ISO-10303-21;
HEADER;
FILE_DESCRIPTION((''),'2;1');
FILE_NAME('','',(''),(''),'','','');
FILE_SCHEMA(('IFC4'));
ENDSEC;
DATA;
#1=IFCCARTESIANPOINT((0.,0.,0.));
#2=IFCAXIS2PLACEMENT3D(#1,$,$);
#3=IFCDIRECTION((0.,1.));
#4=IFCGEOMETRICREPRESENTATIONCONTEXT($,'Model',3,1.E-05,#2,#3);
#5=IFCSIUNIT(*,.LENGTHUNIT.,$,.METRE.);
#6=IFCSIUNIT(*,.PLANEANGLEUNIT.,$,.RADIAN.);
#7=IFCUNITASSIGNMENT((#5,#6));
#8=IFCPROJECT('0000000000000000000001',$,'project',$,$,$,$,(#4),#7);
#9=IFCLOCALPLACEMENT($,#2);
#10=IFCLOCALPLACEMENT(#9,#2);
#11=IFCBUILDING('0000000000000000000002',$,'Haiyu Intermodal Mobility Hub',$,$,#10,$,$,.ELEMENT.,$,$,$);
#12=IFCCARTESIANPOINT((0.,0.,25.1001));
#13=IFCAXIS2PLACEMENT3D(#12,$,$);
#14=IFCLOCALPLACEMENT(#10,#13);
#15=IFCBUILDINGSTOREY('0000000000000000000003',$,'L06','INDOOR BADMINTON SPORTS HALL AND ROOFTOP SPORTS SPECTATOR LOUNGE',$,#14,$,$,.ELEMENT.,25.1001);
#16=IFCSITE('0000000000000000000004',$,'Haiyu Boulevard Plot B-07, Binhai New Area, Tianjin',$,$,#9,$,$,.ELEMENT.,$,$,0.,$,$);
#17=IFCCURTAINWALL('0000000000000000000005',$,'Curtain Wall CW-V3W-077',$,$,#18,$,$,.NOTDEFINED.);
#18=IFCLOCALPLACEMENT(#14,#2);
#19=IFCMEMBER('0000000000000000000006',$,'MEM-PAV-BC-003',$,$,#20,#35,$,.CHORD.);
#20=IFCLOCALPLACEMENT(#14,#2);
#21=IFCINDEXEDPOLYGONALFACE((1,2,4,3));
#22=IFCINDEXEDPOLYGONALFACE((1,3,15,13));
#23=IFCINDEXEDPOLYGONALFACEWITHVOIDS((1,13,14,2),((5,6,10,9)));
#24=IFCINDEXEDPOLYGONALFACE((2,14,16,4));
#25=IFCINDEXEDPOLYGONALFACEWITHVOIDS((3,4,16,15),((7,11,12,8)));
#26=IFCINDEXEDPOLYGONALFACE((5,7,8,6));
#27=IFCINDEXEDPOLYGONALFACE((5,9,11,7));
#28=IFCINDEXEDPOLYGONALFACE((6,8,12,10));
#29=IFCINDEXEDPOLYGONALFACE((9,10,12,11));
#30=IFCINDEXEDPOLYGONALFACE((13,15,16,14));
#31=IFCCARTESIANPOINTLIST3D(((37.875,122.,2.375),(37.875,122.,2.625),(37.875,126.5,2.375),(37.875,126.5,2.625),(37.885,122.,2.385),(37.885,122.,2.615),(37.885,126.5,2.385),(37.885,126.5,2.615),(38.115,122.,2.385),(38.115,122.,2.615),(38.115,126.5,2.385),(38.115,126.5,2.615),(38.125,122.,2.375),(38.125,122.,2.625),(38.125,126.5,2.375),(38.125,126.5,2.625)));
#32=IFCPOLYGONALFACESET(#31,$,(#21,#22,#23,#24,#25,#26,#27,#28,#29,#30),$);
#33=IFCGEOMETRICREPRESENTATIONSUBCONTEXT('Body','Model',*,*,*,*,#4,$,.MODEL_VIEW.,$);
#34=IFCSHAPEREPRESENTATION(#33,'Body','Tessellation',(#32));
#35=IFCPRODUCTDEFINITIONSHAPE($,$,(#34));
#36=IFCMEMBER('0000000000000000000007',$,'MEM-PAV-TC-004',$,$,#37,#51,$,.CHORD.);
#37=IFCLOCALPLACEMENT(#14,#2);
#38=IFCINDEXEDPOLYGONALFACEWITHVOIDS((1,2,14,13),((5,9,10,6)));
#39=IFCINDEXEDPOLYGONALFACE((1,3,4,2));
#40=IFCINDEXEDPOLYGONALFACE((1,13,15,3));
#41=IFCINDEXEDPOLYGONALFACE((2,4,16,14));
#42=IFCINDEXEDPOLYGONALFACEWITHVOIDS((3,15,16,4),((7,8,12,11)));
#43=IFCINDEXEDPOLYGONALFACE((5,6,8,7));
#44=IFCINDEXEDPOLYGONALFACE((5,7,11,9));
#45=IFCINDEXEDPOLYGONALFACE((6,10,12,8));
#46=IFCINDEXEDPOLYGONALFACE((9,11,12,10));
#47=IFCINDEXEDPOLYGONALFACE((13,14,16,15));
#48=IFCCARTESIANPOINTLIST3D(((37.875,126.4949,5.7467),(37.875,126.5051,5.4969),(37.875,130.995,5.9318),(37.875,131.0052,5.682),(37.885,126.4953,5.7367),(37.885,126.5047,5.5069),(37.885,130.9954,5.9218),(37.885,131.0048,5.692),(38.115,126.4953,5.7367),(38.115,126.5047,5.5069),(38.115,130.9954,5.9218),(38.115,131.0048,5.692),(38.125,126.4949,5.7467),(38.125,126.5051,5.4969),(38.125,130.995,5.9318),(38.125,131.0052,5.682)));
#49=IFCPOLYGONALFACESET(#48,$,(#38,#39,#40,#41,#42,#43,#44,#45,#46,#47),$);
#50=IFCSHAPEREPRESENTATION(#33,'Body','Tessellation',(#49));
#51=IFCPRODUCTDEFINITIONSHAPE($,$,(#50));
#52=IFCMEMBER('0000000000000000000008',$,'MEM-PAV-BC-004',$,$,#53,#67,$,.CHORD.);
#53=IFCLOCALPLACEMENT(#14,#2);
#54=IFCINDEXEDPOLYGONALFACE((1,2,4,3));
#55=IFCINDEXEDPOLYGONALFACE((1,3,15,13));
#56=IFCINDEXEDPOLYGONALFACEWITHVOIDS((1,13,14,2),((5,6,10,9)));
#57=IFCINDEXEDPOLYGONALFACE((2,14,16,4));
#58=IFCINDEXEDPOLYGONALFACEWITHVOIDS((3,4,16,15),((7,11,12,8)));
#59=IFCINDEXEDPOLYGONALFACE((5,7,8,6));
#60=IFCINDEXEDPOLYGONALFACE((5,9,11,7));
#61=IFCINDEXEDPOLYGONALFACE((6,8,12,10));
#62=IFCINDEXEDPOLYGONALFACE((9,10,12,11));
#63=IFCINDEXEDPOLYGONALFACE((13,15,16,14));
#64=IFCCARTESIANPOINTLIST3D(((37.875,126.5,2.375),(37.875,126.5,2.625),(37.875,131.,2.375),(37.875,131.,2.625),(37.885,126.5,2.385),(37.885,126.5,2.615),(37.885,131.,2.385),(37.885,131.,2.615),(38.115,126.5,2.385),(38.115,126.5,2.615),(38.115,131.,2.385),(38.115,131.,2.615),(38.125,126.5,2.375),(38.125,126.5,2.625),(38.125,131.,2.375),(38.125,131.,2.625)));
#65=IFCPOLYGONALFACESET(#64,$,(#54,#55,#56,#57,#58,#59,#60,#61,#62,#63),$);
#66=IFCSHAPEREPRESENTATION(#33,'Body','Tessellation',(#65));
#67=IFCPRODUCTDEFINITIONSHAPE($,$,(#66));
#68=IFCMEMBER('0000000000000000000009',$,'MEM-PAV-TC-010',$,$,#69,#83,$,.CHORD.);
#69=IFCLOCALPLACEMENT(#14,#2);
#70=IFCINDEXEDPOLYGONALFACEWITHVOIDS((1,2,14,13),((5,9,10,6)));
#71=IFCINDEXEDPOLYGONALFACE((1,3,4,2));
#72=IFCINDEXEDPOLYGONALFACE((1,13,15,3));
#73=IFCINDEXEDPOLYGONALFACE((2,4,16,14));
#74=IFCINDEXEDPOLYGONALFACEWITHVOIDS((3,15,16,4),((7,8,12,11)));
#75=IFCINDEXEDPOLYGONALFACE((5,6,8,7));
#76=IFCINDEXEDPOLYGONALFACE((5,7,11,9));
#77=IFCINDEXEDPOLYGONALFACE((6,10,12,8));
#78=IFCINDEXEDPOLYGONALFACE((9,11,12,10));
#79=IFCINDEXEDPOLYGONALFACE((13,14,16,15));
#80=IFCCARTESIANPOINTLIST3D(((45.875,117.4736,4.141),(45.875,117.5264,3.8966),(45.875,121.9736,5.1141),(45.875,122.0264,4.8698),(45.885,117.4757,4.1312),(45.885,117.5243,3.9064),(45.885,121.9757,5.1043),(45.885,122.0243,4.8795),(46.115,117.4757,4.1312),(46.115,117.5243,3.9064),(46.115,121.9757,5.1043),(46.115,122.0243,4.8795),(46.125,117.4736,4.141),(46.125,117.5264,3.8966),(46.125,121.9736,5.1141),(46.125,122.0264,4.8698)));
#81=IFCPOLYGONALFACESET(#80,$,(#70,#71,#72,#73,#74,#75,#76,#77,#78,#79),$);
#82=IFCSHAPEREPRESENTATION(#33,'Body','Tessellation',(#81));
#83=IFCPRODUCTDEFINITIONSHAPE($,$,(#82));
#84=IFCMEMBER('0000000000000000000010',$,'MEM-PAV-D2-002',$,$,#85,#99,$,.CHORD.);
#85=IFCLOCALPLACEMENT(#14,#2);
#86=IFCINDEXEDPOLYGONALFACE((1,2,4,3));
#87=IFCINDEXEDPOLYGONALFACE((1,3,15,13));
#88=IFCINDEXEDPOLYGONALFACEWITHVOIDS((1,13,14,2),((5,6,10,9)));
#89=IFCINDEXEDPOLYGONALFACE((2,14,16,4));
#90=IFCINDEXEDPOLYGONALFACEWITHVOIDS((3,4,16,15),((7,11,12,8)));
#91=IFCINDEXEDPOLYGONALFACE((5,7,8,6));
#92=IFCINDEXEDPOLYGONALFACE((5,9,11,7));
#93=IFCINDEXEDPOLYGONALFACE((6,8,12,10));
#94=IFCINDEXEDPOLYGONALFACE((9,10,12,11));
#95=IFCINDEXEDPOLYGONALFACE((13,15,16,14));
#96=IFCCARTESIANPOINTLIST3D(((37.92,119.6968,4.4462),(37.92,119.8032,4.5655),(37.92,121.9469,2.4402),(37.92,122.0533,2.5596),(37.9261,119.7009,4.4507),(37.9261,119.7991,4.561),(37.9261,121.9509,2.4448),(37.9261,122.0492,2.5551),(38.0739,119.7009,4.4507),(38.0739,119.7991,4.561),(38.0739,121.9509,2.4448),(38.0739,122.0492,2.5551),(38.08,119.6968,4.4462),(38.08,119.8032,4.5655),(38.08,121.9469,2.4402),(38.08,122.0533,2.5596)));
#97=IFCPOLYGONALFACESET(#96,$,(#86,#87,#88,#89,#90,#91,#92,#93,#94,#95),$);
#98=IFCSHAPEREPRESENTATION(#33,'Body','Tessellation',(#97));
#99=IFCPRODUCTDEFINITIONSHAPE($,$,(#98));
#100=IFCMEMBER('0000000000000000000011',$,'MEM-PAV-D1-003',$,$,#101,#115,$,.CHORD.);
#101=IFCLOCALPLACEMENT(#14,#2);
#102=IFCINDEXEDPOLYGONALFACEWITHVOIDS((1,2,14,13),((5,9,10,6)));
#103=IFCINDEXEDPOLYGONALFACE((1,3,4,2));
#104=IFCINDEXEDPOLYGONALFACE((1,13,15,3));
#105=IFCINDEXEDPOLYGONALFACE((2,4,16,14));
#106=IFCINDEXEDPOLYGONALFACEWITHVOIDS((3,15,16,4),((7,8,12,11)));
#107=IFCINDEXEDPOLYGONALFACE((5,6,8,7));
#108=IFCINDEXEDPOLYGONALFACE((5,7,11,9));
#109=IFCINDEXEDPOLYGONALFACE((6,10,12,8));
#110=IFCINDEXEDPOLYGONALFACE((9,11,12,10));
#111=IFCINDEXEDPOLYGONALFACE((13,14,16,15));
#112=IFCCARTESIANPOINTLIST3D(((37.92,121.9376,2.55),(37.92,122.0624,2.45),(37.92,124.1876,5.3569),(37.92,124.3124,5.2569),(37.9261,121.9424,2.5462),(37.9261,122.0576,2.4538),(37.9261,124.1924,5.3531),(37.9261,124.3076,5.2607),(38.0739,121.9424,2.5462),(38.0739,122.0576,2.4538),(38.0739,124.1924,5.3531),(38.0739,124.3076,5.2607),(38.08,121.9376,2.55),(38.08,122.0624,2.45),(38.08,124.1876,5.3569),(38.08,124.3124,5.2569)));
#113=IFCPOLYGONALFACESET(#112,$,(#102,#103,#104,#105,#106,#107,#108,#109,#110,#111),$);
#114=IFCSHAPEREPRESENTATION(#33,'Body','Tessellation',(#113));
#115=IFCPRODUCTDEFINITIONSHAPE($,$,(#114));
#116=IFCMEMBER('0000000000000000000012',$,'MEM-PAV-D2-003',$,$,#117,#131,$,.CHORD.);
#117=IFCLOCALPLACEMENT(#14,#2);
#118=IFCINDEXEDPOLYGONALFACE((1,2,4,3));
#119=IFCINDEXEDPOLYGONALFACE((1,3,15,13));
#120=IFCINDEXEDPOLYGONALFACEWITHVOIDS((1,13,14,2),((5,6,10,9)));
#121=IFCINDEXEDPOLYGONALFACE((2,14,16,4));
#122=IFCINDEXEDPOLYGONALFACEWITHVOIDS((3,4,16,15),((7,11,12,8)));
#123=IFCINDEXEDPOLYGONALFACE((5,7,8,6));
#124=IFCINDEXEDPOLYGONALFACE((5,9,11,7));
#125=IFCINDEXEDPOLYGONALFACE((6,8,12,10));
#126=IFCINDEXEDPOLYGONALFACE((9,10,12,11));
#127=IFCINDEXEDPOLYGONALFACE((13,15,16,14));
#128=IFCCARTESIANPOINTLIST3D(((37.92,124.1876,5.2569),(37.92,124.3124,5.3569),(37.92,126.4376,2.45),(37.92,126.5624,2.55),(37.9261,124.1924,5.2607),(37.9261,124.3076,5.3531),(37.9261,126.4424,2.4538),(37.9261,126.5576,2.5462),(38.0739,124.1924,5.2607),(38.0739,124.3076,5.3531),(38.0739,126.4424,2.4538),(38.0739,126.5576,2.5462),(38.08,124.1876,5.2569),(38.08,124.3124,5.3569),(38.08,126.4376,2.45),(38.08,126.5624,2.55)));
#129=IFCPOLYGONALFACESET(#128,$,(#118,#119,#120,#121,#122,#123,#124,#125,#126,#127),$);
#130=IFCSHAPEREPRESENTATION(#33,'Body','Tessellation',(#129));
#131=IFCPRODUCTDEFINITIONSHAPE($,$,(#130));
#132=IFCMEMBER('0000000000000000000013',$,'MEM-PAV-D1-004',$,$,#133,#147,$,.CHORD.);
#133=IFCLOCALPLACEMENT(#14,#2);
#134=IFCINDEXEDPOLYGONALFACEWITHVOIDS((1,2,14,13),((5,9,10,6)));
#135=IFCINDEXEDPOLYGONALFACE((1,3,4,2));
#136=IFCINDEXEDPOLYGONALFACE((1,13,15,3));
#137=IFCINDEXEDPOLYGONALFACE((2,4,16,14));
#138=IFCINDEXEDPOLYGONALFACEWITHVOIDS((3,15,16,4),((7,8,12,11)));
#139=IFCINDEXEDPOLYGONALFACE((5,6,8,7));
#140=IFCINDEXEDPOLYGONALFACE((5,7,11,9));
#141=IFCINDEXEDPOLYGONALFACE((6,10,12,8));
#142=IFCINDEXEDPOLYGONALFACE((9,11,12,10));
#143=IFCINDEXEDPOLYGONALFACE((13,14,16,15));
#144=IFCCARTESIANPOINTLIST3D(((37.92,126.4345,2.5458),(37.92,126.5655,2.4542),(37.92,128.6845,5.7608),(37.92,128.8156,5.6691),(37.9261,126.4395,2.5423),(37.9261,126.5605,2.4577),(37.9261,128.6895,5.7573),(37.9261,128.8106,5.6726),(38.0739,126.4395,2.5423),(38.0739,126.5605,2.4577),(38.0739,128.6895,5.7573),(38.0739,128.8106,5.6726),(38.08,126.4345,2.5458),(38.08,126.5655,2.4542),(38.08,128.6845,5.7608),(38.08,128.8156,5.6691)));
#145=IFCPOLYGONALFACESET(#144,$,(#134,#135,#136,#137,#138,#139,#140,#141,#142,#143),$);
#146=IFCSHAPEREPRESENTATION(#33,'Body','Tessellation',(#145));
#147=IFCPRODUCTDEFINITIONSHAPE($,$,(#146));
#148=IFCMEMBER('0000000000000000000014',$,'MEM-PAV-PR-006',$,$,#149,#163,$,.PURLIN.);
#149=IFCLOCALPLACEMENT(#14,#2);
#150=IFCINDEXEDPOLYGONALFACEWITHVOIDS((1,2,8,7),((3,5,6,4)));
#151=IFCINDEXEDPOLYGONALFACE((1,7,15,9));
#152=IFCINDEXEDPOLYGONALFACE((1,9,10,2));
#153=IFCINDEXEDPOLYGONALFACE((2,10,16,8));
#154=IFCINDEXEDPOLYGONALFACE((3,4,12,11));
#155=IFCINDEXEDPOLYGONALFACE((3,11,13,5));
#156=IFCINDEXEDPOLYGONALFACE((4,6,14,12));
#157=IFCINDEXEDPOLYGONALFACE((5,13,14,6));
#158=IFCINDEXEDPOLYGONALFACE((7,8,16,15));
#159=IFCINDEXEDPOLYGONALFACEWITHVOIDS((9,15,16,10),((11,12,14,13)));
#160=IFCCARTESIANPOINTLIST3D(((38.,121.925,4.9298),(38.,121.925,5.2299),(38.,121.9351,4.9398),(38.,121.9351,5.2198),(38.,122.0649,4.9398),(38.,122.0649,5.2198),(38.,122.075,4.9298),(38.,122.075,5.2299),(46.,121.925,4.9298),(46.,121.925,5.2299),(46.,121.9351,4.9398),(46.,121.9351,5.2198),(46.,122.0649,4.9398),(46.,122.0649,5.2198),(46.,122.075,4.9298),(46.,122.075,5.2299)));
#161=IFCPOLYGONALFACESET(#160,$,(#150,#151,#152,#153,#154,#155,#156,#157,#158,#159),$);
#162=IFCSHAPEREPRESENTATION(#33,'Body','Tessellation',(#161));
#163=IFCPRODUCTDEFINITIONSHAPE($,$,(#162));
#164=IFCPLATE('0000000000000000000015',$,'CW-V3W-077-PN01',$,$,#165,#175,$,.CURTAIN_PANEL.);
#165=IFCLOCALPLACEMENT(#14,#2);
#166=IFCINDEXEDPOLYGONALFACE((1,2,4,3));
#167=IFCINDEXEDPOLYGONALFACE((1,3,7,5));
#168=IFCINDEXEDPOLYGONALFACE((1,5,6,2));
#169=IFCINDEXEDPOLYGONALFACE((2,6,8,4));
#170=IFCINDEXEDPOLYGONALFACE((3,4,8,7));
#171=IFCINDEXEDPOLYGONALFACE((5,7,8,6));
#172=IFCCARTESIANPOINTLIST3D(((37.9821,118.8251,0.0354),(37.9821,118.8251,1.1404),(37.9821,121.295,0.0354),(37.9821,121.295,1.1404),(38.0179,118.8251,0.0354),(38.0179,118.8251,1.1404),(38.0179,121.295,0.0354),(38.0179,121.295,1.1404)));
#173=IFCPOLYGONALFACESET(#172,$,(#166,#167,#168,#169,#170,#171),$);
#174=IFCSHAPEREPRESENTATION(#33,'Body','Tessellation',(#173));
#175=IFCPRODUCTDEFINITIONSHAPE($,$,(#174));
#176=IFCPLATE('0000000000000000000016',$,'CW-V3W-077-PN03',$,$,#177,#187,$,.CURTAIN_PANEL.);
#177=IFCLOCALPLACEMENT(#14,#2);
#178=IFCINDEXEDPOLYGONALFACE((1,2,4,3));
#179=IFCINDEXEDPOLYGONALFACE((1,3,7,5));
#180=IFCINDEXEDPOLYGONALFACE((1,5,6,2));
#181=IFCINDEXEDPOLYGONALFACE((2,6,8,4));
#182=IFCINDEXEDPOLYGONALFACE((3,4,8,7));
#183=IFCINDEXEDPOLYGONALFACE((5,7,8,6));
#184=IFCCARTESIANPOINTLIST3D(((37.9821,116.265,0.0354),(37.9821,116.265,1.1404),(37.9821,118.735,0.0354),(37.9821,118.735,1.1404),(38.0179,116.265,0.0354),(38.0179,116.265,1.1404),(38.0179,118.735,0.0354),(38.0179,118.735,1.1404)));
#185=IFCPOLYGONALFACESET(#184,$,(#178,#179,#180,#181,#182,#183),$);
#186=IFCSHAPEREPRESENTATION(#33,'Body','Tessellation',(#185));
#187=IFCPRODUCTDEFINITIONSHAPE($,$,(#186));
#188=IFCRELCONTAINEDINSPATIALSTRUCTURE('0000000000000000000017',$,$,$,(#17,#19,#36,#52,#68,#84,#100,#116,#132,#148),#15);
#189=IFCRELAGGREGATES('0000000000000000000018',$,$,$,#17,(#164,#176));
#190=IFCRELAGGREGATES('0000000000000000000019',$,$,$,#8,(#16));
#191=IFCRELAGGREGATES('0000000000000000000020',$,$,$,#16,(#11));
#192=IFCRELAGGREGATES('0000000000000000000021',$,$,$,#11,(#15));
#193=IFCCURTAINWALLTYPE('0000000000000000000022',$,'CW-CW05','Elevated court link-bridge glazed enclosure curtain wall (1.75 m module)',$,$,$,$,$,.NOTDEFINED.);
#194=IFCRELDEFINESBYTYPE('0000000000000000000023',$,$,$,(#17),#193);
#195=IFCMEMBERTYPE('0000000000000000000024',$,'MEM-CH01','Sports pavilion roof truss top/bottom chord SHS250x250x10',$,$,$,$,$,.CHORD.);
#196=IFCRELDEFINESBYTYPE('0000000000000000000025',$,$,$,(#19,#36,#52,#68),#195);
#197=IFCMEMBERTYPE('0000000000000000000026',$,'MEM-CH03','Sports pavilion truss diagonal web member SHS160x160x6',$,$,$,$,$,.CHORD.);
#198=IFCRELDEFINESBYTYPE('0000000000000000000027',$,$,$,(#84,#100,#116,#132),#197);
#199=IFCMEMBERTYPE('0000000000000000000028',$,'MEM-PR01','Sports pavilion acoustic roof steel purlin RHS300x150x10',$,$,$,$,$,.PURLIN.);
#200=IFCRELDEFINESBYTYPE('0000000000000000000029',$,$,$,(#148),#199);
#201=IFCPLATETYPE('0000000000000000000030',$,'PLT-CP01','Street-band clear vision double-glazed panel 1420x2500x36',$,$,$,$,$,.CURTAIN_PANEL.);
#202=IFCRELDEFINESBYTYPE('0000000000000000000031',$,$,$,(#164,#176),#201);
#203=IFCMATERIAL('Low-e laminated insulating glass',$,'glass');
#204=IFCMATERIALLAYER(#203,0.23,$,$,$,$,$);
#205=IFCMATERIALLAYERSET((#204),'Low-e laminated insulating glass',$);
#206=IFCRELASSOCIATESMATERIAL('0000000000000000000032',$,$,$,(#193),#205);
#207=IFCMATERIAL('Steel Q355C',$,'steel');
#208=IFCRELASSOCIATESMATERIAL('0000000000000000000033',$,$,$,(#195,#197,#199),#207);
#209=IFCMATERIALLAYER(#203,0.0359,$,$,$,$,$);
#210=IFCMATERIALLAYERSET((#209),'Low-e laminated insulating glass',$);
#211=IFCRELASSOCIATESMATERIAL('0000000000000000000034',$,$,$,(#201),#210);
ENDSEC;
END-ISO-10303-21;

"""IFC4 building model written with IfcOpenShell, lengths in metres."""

from ifc_helpers import new_model, si_unit, direction, frame, origin, origin_2d, place, context, subcontext, project, spatial, rectangle, hollow_rectangle, extrude, material, layer, layer_set, material_profile, profile_set, type_object, element, aggregate, save


model = new_model("IFC4")

# Units and contexts
model_context = context("Model", 3, precision=1e-05, world=origin(), true_north=direction((0.0, 1.0)))
body_context = subcontext(model_context, "Body", "Model", "MODEL_VIEW")
ifc_project = project(units=[si_unit("LENGTHUNIT", "METRE"), si_unit("PLANEANGLEUNIT", "RADIAN")], contexts=[model_context])

# Site, building, storey
site_placement = place(None, origin())
site = spatial("IfcSite", under=ifc_project, at=site_placement, Name="Haiyu Boulevard Plot B-07, Binhai New Area, Tianjin", CompositionType="ELEMENT", RefElevation=0.0)
building_placement = place(site_placement, origin())
building = spatial("IfcBuilding", under=site, at=building_placement, Name="Haiyu Intermodal Mobility Hub", CompositionType="ELEMENT")
storey_placement = place(building_placement, frame((0.0, 0.0, 25.1001)))
storey = spatial("IfcBuildingStorey", under=building, at=storey_placement, Name="L06", Description="INDOOR BADMINTON SPORTS HALL AND ROOFTOP SPORTS SPECTATOR LOUNGE", CompositionType="ELEMENT", Elevation=25.1001)

# Shared definitions
ifc_material_1 = material(Name="Steel Q355C", Category="steel")

# Curtain wall
ifc_material_2 = material(Name="Low-e laminated insulating glass", Category="glass")
ifc_layer_1 = layer(ifc_material_2, 0.23)
ifc_layer_set_1 = layer_set([ifc_layer_1], Name="Low-e laminated insulating glass")
curtain_wall_type = type_object("IfcCurtainWallType", Name="CW-CW05", Description="Elevated court link-bridge glazed enclosure curtain wall (1.75 m module)", PredefinedType="NOTDEFINED", material=ifc_layer_set_1)
curtain_wall_1_placement = place(storey_placement, origin())
curtain_wall_1 = element("IfcCurtainWall", 1, at=curtain_wall_1_placement, inside=storey, type_object=curtain_wall_type, Name="Curtain Wall CW-V3W-077", PredefinedType="NOTDEFINED")

# Members
ifc_material_profile_1 = material_profile(ifc_material_1, hollow_rectangle(XDim=0.25, YDim=0.25, WallThickness=0.01, at=origin_2d()), Name="SHS250x250x10")
ifc_profile_set_1 = profile_set([ifc_material_profile_1], Name="Steel Q355C")
member_type_1 = type_object("IfcMemberType", Name="MEM-CH01", Description="Sports pavilion roof truss top/bottom chord SHS250x250x10", PredefinedType="CHORD", material=ifc_profile_set_1)
member_1_placement = place(storey_placement, frame((38.0, 122.0, 2.5), z_axis=(0.0, 1.0, 0.0), x_axis=(-1.0, 0.0, 0.0)))
element("IfcMember", 2, at=member_1_placement, inside=storey, type_object=member_type_1, Name="MEM-PAV-BC-003", PredefinedType="CHORD", context=body_context, shape_type="SweptSolid", body=[
    extrude(hollow_rectangle(XDim=0.25, YDim=0.25, WallThickness=0.01, at=origin_2d()), origin(), (0.0, 0.0, 1.0), 4.5),
])
member_2_placement = place(storey_placement, frame((38.0, 126.5, 5.6218), z_axis=(0.0, 0.999155, 0.041089), x_axis=(-1.0, 0.0, 0.0)))
element("IfcMember", 3, at=member_2_placement, inside=storey, type_object=member_type_1, Name="MEM-PAV-TC-004", PredefinedType="CHORD", context=body_context, shape_type="SweptSolid", body=[
    extrude(hollow_rectangle(XDim=0.25, YDim=0.25, WallThickness=0.01, at=origin_2d()), origin(), (0.0, 0.0, 1.0), 4.5039),
])
member_3_placement = place(storey_placement, frame((38.0, 126.5, 2.5), z_axis=(0.0, 1.0, 0.0), x_axis=(-1.0, 0.0, 0.0)))
element("IfcMember", 4, at=member_3_placement, inside=storey, type_object=member_type_1, Name="MEM-PAV-BC-004", PredefinedType="CHORD", context=body_context, shape_type="SweptSolid", body=[
    extrude(hollow_rectangle(XDim=0.25, YDim=0.25, WallThickness=0.01, at=origin_2d()), origin(), (0.0, 0.0, 1.0), 4.5),
])
member_4_placement = place(storey_placement, frame((46.0, 117.5, 4.0188), z_axis=(0.0, 0.977406, 0.211368), x_axis=(-1.0, 0.0, 0.0)))
element("IfcMember", 5, at=member_4_placement, inside=storey, type_object=member_type_1, Name="MEM-PAV-TC-010", PredefinedType="CHORD", context=body_context, shape_type="SweptSolid", body=[
    extrude(hollow_rectangle(XDim=0.25, YDim=0.25, WallThickness=0.01, at=origin_2d()), origin(), (0.0, 0.0, 1.0), 4.604),
])
ifc_material_profile_2 = material_profile(ifc_material_1, hollow_rectangle(XDim=0.1599, YDim=0.1599, WallThickness=0.0061, at=origin_2d()), Name="SHS160x160x6")
ifc_profile_set_2 = profile_set([ifc_material_profile_2], Name="Steel Q355C")
member_type_2 = type_object("IfcMemberType", Name="MEM-CH03", Description="Sports pavilion truss diagonal web member SHS160x160x6", PredefinedType="CHORD", material=ifc_profile_set_2)
member_5_placement = place(storey_placement, frame((38.0, 119.75, 4.5059), z_axis=(0.0, 0.746443, -0.665449), x_axis=(-1.0, 0.0, 0.0)))
element("IfcMember", 6, at=member_5_placement, inside=storey, type_object=member_type_2, Name="MEM-PAV-D2-002", PredefinedType="CHORD", context=body_context, shape_type="SweptSolid", body=[
    extrude(hollow_rectangle(XDim=0.1599, YDim=0.1599, WallThickness=0.0061, at=origin_2d()), origin(), (0.0, 0.0, 1.0), 3.0144),
])
for number, where, z_axis, x_axis, name in (
    (7, (38.0, 122.0, 2.5), (0.0, 0.625456, 0.780259), (-1.0, 0.0, 0.0), "MEM-PAV-D1-003"),
    (8, (38.0, 124.25, 5.3069), (0.0, 0.625456, -0.780259), (-1.0, 0.0, 0.0), "MEM-PAV-D2-003"),
):
    element("IfcMember", number, at=place(storey_placement, frame(where, z_axis=z_axis, x_axis=x_axis)), inside=storey, type_object=member_type_2, Name=name, PredefinedType="CHORD", context=body_context, shape_type="SweptSolid", body=[
        extrude(hollow_rectangle(XDim=0.1599, YDim=0.1599, WallThickness=0.0061, at=origin_2d()), origin(), (0.0, 0.0, 1.0), 3.5974),
    ])
member_6_placement = place(storey_placement, frame((38.0, 126.5, 2.5), z_axis=(0.0, 0.573396, 0.819279), x_axis=(-1.0, 0.0, 0.0)))
element("IfcMember", 9, at=member_6_placement, inside=storey, type_object=member_type_2, Name="MEM-PAV-D1-004", PredefinedType="CHORD", context=body_context, shape_type="SweptSolid", body=[
    extrude(hollow_rectangle(XDim=0.1599, YDim=0.1599, WallThickness=0.0061, at=origin_2d()), origin(), (0.0, 0.0, 1.0), 3.9241),
])
ifc_material_profile_3 = material_profile(ifc_material_1, hollow_rectangle(XDim=0.1499, YDim=0.3, WallThickness=0.01, at=origin_2d()), Name="RHS300x150x10")
ifc_profile_set_3 = profile_set([ifc_material_profile_3], Name="Steel Q355C")
member_type_3 = type_object("IfcMemberType", Name="MEM-PR01", Description="Sports pavilion acoustic roof steel purlin RHS300x150x10", PredefinedType="PURLIN", material=ifc_profile_set_3)
member_7_placement = place(storey_placement, frame((38.0, 122.0, 5.0798), z_axis=(1.0, 0.0, 0.0), x_axis=(0.0, 1.0, 0.0)))
element("IfcMember", 10, at=member_7_placement, inside=storey, type_object=member_type_3, Name="MEM-PAV-PR-006", PredefinedType="PURLIN", context=body_context, shape_type="SweptSolid", body=[
    extrude(hollow_rectangle(XDim=0.1499, YDim=0.3, WallThickness=0.01, at=origin_2d()), origin(), (0.0, 0.0, 1.0), 8.0),
])

# Plates
ifc_layer_2 = layer(ifc_material_2, 0.0359)
ifc_layer_set_2 = layer_set([ifc_layer_2], Name="Low-e laminated insulating glass")
plate_type_1 = type_object("IfcPlateType", Name="PLT-CP01", Description="Street-band clear vision double-glazed panel 1420x2500x36", PredefinedType="CURTAIN_PANEL", material=ifc_layer_set_2)
plate_1_placement = place(storey_placement, frame((38.0, 120.0601, 0.0354), z_axis=(0.0, 0.0, 1.0), x_axis=(0.0, -1.0, 0.0)))
plate_1 = element("IfcPlate", 11, at=plate_1_placement, type_object=plate_type_1, Name="CW-V3W-077-PN01", PredefinedType="CURTAIN_PANEL", context=body_context, shape_type="SweptSolid", body=[
    extrude(rectangle(XDim=2.47, YDim=0.0359, at=origin_2d()), origin(), (0.0, 0.0, 1.0), 1.105),
])
plate_2_placement = place(storey_placement, frame((38.0, 117.5, 0.0354), z_axis=(0.0, 0.0, 1.0), x_axis=(0.0, -1.0, 0.0)))
plate_2 = element("IfcPlate", 12, at=plate_2_placement, type_object=plate_type_1, Name="CW-V3W-077-PN03", PredefinedType="CURTAIN_PANEL", context=body_context, shape_type="SweptSolid", body=[
    extrude(rectangle(XDim=2.47, YDim=0.0359, at=origin_2d()), origin(), (0.0, 0.0, 1.0), 1.105),
])
aggregate(curtain_wall_1, [plate_1, plate_2])

save(model, "model.ifc")
